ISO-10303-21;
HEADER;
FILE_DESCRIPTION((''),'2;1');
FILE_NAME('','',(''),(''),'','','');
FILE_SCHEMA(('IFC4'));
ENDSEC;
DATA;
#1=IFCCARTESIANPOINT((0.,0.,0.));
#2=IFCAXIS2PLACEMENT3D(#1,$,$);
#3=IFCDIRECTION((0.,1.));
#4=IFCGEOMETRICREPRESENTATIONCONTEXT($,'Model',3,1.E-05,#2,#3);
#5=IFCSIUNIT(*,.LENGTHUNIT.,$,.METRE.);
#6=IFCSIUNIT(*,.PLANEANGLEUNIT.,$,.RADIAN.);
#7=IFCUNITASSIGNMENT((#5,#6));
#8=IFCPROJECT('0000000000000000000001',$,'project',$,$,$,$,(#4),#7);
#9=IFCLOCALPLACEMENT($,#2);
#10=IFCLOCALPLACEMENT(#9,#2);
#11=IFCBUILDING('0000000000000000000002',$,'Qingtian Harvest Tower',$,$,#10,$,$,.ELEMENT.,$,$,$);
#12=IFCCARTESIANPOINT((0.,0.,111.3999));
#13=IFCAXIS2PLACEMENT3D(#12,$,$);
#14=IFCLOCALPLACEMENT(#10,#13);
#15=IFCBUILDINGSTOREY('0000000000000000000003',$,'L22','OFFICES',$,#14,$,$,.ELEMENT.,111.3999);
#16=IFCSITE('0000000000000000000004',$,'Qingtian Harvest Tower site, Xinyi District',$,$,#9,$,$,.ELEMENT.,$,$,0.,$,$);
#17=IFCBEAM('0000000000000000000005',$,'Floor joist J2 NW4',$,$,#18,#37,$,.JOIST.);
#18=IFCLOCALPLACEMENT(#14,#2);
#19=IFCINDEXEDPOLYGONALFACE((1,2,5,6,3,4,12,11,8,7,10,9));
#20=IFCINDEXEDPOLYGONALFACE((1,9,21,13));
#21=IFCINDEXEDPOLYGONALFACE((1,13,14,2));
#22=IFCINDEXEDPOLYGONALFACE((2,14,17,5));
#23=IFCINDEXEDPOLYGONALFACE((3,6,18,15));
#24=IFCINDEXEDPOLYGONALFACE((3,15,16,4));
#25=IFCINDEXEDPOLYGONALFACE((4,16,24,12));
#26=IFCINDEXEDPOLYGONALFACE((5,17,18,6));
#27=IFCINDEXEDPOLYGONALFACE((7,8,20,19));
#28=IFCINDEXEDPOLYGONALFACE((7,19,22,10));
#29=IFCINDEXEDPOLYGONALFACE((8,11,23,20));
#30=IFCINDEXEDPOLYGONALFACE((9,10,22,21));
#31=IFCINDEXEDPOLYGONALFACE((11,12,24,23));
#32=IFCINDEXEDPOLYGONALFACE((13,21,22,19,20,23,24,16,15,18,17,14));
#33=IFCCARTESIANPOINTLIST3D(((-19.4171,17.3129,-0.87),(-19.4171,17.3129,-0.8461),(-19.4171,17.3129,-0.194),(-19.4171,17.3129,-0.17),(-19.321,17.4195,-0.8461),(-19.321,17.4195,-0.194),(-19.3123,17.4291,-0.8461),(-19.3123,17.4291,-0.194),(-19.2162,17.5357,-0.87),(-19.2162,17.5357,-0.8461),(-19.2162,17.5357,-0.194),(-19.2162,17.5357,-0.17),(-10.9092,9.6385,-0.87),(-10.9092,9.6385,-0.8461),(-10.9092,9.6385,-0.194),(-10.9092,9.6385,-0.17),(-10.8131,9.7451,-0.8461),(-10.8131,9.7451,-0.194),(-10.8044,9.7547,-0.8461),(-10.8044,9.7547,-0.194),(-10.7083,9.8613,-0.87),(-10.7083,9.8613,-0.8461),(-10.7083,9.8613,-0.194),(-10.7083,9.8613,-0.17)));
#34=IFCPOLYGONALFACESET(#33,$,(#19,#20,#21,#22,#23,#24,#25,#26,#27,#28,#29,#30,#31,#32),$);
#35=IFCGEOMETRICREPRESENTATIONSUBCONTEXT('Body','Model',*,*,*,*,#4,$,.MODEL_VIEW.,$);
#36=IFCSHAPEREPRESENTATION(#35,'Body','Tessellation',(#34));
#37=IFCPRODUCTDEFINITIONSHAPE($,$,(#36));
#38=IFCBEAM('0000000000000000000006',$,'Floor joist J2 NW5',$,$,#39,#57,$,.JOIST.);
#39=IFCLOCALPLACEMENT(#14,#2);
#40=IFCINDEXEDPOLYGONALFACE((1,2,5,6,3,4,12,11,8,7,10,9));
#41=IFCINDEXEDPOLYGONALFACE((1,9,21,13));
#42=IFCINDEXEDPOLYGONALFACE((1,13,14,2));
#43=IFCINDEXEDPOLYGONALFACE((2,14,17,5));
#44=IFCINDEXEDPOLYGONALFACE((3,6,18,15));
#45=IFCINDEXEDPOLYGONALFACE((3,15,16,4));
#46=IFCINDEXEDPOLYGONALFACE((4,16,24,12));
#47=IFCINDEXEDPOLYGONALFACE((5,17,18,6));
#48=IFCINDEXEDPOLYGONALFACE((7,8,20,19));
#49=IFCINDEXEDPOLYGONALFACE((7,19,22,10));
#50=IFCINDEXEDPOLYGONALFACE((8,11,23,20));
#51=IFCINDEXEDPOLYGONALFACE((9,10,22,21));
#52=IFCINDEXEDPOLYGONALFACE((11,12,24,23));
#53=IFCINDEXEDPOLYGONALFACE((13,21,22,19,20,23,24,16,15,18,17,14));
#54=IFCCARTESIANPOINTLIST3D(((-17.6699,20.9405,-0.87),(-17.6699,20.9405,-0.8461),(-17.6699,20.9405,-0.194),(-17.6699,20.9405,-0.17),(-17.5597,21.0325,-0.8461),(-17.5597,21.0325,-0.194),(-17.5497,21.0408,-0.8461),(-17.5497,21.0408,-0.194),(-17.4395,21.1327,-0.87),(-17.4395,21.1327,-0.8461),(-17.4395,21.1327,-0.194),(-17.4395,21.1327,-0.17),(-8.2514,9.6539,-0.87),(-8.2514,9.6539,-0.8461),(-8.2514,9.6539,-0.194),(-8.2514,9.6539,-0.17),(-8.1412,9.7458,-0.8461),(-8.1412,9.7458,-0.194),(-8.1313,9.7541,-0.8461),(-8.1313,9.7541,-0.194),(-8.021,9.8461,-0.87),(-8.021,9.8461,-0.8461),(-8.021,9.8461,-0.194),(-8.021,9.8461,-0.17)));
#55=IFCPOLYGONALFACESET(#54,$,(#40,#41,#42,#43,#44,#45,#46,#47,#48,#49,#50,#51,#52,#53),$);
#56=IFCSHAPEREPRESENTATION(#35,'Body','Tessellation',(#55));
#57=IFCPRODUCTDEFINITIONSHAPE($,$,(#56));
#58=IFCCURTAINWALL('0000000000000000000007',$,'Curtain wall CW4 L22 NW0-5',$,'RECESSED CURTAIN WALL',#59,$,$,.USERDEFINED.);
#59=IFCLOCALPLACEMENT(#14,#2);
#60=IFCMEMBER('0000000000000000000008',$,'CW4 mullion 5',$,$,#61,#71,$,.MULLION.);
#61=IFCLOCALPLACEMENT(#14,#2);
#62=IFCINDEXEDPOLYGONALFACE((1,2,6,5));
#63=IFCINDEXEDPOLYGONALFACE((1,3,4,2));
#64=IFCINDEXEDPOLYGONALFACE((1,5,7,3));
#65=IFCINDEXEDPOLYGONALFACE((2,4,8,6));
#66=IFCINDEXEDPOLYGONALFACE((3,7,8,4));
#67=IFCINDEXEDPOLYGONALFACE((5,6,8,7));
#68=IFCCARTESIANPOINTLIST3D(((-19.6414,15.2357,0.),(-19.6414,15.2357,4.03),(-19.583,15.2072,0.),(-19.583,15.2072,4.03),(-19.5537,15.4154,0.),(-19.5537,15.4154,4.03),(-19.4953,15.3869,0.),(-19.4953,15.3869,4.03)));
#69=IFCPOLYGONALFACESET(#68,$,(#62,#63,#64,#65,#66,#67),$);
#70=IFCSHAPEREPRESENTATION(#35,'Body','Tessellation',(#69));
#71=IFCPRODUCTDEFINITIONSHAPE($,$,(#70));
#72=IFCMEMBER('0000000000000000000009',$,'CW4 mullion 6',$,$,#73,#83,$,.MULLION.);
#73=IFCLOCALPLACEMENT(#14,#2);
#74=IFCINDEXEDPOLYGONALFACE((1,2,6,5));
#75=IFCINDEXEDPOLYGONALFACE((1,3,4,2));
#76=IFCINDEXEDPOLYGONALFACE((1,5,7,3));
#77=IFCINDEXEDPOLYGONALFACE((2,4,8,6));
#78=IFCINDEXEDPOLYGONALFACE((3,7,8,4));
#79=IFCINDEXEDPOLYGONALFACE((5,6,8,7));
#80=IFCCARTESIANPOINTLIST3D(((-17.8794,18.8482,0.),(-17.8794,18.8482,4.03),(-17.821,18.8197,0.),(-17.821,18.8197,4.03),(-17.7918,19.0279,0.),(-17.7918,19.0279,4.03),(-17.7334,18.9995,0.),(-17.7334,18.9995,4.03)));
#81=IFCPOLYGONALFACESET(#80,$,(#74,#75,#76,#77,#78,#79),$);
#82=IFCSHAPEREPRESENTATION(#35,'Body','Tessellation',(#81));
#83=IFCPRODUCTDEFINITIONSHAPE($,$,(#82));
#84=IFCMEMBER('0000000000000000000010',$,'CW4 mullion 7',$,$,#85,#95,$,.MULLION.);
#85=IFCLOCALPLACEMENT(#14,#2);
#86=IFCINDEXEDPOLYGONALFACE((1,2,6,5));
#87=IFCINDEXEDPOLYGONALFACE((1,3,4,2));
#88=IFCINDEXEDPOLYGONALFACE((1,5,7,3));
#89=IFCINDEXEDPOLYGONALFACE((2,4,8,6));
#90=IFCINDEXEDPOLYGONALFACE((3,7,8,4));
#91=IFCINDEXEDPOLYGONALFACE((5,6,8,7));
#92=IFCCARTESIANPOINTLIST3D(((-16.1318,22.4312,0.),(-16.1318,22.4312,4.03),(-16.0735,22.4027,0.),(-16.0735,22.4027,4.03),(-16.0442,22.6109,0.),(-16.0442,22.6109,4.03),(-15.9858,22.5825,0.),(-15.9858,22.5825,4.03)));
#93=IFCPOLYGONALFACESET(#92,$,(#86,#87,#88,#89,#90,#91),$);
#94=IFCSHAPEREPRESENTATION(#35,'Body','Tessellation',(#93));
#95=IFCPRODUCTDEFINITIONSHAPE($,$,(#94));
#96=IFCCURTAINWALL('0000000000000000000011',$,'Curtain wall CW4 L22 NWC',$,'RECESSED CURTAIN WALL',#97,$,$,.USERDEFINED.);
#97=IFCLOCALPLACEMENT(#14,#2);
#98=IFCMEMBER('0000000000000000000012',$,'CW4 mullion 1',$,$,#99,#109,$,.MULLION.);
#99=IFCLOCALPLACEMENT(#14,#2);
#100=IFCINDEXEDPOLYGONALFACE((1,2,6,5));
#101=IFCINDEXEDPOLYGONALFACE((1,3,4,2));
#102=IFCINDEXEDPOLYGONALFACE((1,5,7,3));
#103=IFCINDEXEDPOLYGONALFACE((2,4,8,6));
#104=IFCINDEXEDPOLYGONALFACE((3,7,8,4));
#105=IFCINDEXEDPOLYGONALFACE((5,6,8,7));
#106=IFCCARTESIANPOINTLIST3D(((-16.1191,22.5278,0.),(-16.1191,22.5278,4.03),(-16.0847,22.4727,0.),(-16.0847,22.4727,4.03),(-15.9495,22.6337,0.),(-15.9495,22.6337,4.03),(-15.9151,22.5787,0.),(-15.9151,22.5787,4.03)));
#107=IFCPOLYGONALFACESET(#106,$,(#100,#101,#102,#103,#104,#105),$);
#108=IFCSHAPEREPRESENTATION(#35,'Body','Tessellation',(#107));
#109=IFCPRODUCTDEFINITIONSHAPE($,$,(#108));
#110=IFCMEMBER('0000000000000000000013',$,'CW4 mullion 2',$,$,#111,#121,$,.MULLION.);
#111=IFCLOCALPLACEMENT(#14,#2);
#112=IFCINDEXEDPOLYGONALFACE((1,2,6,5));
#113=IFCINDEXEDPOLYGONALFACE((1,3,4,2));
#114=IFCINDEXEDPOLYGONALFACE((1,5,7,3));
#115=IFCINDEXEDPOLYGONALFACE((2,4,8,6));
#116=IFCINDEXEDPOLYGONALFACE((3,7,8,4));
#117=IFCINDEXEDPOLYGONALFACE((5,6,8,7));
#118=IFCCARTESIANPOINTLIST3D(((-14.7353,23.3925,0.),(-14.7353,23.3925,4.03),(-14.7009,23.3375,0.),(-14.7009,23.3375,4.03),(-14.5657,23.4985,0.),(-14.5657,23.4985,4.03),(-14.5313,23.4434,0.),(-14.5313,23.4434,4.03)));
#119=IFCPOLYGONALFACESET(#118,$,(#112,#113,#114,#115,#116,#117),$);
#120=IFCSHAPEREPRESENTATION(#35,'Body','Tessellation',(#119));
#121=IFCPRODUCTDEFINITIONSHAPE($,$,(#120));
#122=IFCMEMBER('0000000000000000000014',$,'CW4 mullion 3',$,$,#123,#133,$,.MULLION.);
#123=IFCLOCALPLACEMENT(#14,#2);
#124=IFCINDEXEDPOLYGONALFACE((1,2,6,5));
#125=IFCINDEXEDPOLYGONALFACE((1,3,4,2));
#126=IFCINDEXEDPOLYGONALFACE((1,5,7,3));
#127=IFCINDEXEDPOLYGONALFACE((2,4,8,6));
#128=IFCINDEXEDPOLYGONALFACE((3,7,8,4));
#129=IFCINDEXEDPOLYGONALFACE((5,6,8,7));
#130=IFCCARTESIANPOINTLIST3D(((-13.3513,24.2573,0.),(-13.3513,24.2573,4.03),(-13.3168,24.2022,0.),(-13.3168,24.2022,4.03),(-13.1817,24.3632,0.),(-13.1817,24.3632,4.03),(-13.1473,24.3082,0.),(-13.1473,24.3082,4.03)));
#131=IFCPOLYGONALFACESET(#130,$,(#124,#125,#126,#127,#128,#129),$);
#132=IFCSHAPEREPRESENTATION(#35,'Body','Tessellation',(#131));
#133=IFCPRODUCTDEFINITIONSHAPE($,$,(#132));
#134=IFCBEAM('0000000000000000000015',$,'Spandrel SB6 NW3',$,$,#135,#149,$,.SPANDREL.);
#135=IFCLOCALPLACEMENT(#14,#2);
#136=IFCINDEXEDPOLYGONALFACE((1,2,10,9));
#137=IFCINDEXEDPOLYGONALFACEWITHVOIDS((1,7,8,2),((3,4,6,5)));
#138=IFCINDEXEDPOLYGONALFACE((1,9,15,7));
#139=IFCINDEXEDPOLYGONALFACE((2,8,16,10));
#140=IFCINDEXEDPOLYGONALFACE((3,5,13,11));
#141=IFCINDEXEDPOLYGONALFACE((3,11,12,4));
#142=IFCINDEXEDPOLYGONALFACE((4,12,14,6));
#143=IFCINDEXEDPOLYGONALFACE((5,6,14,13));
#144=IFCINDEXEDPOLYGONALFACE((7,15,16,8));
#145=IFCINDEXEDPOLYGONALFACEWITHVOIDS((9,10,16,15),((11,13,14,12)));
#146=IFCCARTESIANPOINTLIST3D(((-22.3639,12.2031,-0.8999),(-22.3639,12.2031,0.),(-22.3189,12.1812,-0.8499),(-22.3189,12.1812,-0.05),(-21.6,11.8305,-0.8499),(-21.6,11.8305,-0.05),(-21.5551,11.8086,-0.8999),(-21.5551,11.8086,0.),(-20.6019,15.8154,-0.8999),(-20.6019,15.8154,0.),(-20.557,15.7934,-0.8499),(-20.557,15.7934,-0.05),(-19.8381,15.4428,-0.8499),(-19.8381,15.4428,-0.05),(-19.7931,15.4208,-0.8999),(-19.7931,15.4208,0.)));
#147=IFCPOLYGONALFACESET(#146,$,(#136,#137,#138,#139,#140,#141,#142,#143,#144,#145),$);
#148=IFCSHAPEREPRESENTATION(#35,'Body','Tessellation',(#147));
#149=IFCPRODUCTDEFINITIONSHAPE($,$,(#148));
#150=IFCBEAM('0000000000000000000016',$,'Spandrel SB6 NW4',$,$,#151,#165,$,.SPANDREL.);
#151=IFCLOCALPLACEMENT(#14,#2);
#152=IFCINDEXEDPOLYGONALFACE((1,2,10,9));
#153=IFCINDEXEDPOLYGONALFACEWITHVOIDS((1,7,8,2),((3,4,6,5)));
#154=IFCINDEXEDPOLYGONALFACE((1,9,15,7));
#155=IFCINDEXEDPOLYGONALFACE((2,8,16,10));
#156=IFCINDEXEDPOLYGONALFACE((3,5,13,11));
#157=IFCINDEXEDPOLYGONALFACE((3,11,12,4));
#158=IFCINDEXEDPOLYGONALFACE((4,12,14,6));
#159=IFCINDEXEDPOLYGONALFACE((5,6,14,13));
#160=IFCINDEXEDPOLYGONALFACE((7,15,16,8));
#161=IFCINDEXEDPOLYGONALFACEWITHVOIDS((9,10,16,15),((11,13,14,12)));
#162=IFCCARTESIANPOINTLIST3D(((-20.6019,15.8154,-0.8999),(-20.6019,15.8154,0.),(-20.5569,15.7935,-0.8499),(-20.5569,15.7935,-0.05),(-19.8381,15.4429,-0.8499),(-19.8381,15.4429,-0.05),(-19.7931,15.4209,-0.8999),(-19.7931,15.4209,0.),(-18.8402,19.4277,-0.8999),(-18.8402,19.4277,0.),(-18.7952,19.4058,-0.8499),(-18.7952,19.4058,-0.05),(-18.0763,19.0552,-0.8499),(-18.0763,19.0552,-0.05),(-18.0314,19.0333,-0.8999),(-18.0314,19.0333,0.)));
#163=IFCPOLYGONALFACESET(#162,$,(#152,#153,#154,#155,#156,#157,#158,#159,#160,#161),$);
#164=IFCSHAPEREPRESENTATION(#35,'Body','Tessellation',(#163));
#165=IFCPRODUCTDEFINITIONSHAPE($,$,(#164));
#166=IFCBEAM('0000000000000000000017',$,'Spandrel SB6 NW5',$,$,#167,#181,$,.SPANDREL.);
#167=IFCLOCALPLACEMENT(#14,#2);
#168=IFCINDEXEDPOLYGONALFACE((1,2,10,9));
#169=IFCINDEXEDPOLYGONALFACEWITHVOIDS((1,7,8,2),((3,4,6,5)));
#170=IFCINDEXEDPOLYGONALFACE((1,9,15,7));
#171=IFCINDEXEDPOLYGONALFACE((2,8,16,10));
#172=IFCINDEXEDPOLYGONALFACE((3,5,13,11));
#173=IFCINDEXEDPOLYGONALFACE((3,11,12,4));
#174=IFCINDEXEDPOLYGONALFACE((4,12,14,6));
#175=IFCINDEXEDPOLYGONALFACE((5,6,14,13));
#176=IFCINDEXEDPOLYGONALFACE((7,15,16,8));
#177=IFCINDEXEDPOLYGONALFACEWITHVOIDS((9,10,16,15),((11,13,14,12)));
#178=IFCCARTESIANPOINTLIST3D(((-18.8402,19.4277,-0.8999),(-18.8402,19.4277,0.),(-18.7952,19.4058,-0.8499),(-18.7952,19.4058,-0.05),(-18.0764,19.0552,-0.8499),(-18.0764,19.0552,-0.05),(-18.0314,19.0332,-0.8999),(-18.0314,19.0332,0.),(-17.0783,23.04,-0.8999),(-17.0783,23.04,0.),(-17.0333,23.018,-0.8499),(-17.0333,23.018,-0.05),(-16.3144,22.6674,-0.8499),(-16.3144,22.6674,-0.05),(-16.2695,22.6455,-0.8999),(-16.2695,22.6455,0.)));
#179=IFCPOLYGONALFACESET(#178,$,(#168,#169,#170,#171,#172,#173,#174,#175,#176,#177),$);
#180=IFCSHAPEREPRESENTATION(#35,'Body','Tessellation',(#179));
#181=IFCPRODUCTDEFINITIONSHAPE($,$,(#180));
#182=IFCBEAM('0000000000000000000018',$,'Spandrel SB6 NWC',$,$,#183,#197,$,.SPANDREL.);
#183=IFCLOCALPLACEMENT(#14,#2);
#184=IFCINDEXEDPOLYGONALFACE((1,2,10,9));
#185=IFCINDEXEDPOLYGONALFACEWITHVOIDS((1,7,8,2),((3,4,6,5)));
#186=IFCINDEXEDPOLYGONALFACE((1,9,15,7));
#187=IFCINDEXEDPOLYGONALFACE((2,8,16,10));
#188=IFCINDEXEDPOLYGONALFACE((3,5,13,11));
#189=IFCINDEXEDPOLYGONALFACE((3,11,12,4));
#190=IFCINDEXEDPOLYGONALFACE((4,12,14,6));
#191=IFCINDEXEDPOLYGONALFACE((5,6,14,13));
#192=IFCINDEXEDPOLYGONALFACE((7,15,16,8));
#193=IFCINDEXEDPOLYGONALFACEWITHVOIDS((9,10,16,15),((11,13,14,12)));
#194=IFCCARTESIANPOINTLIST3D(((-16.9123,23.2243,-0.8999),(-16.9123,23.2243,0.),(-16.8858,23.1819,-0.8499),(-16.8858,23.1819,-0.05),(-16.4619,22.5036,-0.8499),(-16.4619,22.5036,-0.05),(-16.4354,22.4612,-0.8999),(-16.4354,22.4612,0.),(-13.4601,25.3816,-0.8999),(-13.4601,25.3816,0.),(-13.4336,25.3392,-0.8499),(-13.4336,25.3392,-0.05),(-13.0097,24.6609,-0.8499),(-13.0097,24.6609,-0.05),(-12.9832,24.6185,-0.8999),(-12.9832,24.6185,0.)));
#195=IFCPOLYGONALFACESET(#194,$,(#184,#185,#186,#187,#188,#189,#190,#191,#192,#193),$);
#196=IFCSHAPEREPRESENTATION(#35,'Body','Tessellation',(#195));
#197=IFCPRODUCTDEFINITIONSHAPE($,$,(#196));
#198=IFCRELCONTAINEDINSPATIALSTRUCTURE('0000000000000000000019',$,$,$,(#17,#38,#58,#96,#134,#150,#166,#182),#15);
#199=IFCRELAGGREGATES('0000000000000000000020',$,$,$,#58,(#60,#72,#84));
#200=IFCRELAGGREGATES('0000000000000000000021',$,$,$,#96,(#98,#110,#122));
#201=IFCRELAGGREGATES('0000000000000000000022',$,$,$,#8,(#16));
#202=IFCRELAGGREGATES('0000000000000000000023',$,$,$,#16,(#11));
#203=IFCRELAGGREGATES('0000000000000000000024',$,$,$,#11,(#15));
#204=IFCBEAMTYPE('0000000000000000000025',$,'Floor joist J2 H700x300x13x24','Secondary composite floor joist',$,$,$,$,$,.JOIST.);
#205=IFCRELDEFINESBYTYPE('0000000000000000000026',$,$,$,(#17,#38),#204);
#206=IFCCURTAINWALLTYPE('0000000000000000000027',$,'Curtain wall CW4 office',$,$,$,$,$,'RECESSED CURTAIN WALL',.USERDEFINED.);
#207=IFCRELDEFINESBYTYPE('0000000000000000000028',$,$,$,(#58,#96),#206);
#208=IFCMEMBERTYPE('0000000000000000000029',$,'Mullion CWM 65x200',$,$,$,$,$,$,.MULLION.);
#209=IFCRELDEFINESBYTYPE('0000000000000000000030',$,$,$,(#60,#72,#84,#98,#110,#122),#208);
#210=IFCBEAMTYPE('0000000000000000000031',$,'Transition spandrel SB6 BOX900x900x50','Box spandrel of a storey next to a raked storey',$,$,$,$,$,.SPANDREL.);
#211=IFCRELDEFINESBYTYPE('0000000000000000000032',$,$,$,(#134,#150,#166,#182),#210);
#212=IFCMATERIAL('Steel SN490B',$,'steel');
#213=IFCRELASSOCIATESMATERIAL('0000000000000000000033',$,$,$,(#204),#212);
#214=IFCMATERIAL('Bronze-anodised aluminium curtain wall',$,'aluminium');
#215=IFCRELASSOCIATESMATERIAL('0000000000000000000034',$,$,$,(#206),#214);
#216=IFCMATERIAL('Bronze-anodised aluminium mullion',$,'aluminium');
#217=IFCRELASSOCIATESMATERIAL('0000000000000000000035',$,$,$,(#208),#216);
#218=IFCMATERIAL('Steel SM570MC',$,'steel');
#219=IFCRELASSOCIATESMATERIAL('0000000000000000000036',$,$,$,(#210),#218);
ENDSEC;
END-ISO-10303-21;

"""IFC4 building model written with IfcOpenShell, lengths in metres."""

from ifc_helpers import new_model, si_unit, direction, frame, origin, origin_2d, place, context, subcontext, project, spatial, rectangle, hollow_rectangle, i_section, extrude, material, material_profile, profile_set, type_object, element, aggregate, save


model = new_model("IFC4")

# Units and contexts
model_context = context("Model", 3, precision=1e-05, world=origin(), true_north=direction((0.0, 1.0)))
body_context = subcontext(model_context, "Body", "Model", "MODEL_VIEW")
ifc_project = project(units=[si_unit("LENGTHUNIT", "METRE"), si_unit("PLANEANGLEUNIT", "RADIAN")], contexts=[model_context])

# Site, building, storey
site_placement = place(None, origin())
site = spatial("IfcSite", under=ifc_project, at=site_placement, Name="Qingtian Harvest Tower site, Xinyi District", CompositionType="ELEMENT", RefElevation=0.0)
building_placement = place(site_placement, origin())
building = spatial("IfcBuilding", under=site, at=building_placement, Name="Qingtian Harvest Tower", CompositionType="ELEMENT")
storey_placement = place(building_placement, frame((0.0, 0.0, 111.3999)))
storey = spatial("IfcBuildingStorey", under=building, at=storey_placement, Name="L22", Description="OFFICES", CompositionType="ELEMENT", Elevation=111.3999)

# Beams
ifc_material_1 = material(Name="Steel SN490B", Category="steel")
ifc_material_profile_1 = material_profile(ifc_material_1, i_section(OverallWidth=0.3, OverallDepth=0.7, WebThickness=0.0129, FlangeThickness=0.0239, at=origin_2d()), Name="H700x300x13x24")
ifc_profile_set_1 = profile_set([ifc_material_profile_1], Name="Steel SN490B")
beam_type_1 = type_object("IfcBeamType", Name="Floor joist J2 H700x300x13x24", Description="Secondary composite floor joist", PredefinedType="JOIST", material=ifc_profile_set_1)
beam_1_placement = place(storey_placement, frame((-19.3167, 17.4243, -0.52), z_axis=(0.742544, -0.669798, 0.0), x_axis=(0.669798, 0.742544, 0.0)))
element("IfcBeam", 1, at=beam_1_placement, inside=storey, type_object=beam_type_1, Name="Floor joist J2 NW4", PredefinedType="JOIST", context=body_context, shape_type="SweptSolid", body=[
    extrude(i_section(OverallWidth=0.3, OverallDepth=0.7, WebThickness=0.0129, FlangeThickness=0.0239, at=origin_2d()), origin(), (0.0, 0.0, 1.0), 11.4578),
])
beam_2_placement = place(storey_placement, frame((-17.5547, 21.0366, -0.52), z_axis=(0.640704, -0.767788, 0.0), x_axis=(0.767788, 0.640704, 0.0)))
element("IfcBeam", 2, at=beam_2_placement, inside=storey, type_object=beam_type_1, Name="Floor joist J2 NW5", PredefinedType="JOIST", context=body_context, shape_type="SweptSolid", body=[
    extrude(i_section(OverallWidth=0.3, OverallDepth=0.7, WebThickness=0.0129, FlangeThickness=0.0239, at=origin_2d()), origin(), (0.0, 0.0, 1.0), 14.7002),
])

# Curtain walls, members
ifc_material_2 = material(Name="Bronze-anodised aluminium curtain wall", Category="aluminium")
curtain_wall_type = type_object("IfcCurtainWallType", Name="Curtain wall CW4 office", ElementType="RECESSED CURTAIN WALL", PredefinedType="USERDEFINED", material=ifc_material_2)
curtain_wall_1_placement = place(storey_placement, origin())
curtain_wall_1 = element("IfcCurtainWall", 3, at=curtain_wall_1_placement, inside=storey, type_object=curtain_wall_type, Name="Curtain wall CW4 L22 NW0-5", ObjectType="RECESSED CURTAIN WALL", PredefinedType="USERDEFINED")
ifc_material_3 = material(Name="Bronze-anodised aluminium mullion", Category="aluminium")
ifc_material_profile_2 = material_profile(ifc_material_3, rectangle(XDim=0.0649, YDim=0.2, at=origin_2d()), Name="AL 65x200")
ifc_profile_set_2 = profile_set([ifc_material_profile_2], Name="Bronze-anodised aluminium mullion")
member_type_1 = type_object("IfcMemberType", Name="Mullion CWM 65x200", PredefinedType="MULLION", material=ifc_profile_set_2)
member_1_placement = place(storey_placement, frame((-19.5684, 15.3113, 0.0), z_axis=(0.0, 0.0, 1.0), x_axis=(-0.898794, 0.438371, 0.0)))
member_1 = element("IfcMember", 4, at=member_1_placement, type_object=member_type_1, Name="CW4 mullion 5", PredefinedType="MULLION", context=body_context, shape_type="SweptSolid", body=[
    extrude(rectangle(XDim=0.0649, YDim=0.2, at=origin_2d()), origin(), (0.0, 0.0, 1.0), 4.03),
])
member_2_placement = place(storey_placement, frame((-17.8064, 18.9238, 0.0), z_axis=(0.0, 0.0, 1.0), x_axis=(-0.898794, 0.438371, 0.0)))
member_2 = element("IfcMember", 5, at=member_2_placement, type_object=member_type_1, Name="CW4 mullion 6", PredefinedType="MULLION", context=body_context, shape_type="SweptSolid", body=[
    extrude(rectangle(XDim=0.0649, YDim=0.2, at=origin_2d()), origin(), (0.0, 0.0, 1.0), 4.03),
])
member_3_placement = place(storey_placement, frame((-16.0588, 22.5068, 0.0), z_axis=(0.0, 0.0, 1.0), x_axis=(-0.898794, 0.438371, 0.0)))
member_3 = element("IfcMember", 6, at=member_3_placement, type_object=member_type_1, Name="CW4 mullion 7", PredefinedType="MULLION", context=body_context, shape_type="SweptSolid", body=[
    extrude(rectangle(XDim=0.0649, YDim=0.2, at=origin_2d()), origin(), (0.0, 0.0, 1.0), 4.03),
])
curtain_wall_2_placement = place(storey_placement, origin())
curtain_wall_2 = element("IfcCurtainWall", 7, at=curtain_wall_2_placement, inside=storey, type_object=curtain_wall_type, Name="Curtain wall CW4 L22 NWC", ObjectType="RECESSED CURTAIN WALL", PredefinedType="USERDEFINED")
member_4_placement = place(storey_placement, frame((-16.0171, 22.5532, 0.0), z_axis=(0.0, 0.0, 1.0), x_axis=(-0.529919, 0.848048, 0.0)))
member_4 = element("IfcMember", 8, at=member_4_placement, type_object=member_type_1, Name="CW4 mullion 1", PredefinedType="MULLION", context=body_context, shape_type="SweptSolid", body=[
    extrude(rectangle(XDim=0.0649, YDim=0.2, at=origin_2d()), origin(), (0.0, 0.0, 1.0), 4.03),
])
member_5_placement = place(storey_placement, frame((-14.6333, 23.418, 0.0), z_axis=(0.0, 0.0, 1.0), x_axis=(-0.529919, 0.848048, 0.0)))
member_5 = element("IfcMember", 9, at=member_5_placement, type_object=member_type_1, Name="CW4 mullion 2", PredefinedType="MULLION", context=body_context, shape_type="SweptSolid", body=[
    extrude(rectangle(XDim=0.0649, YDim=0.2, at=origin_2d()), origin(), (0.0, 0.0, 1.0), 4.03),
])
member_6_placement = place(storey_placement, frame((-13.2493, 24.2827, 0.0), z_axis=(0.0, 0.0, 1.0), x_axis=(-0.529919, 0.848048, 0.0)))
member_6 = element("IfcMember", 10, at=member_6_placement, type_object=member_type_1, Name="CW4 mullion 3", PredefinedType="MULLION", context=body_context, shape_type="SweptSolid", body=[
    extrude(rectangle(XDim=0.0649, YDim=0.2, at=origin_2d()), origin(), (0.0, 0.0, 1.0), 4.03),
])

# Beams
ifc_material_4 = material(Name="Steel SM570MC", Category="steel")
ifc_material_profile_3 = material_profile(ifc_material_4, hollow_rectangle(XDim=0.8999, YDim=0.8999, WallThickness=0.05, at=origin_2d()), Name="BOX900x900x50")
ifc_profile_set_3 = profile_set([ifc_material_profile_3], Name="Steel SM570MC")
beam_type_2 = type_object("IfcBeamType", Name="Transition spandrel SB6 BOX900x900x50", Description="Box spandrel of a storey next to a raked storey", PredefinedType="SPANDREL", material=ifc_profile_set_3)
for number, where, z_axis, x_axis, name in (
    (11, (-21.9595, 12.0059, -0.45), (0.438396, 0.898782, 0.0), (-0.898782, 0.438396, 0.0), "Spandrel SB6 NW3"),
    (12, (-20.1975, 15.6182, -0.45), (0.438347, 0.898806, 0.0), (-0.898806, 0.438347, 0.0), "Spandrel SB6 NW4"),
    (13, (-18.4358, 19.2305, -0.45), (0.438396, 0.898782, 0.0), (-0.898782, 0.438396, 0.0), "Spandrel SB6 NW5"),
):
    element("IfcBeam", number, at=place(storey_placement, frame(where, z_axis=z_axis, x_axis=x_axis)), inside=storey, type_object=beam_type_2, Name=name, PredefinedType="SPANDREL", context=body_context, shape_type="SweptSolid", body=[
        extrude(hollow_rectangle(XDim=0.8999, YDim=0.8999, WallThickness=0.05, at=origin_2d()), origin(), (0.0, 0.0, 1.0), 4.019),
    ])
beam_3_placement = place(storey_placement, frame((-16.6738, 22.8428, -0.45), z_axis=(0.848039, 0.529934, 0.0), x_axis=(-0.529934, 0.848039, 0.0)))
element("IfcBeam", 14, at=beam_3_placement, inside=storey, type_object=beam_type_2, Name="Spandrel SB6 NWC", PredefinedType="SPANDREL", context=body_context, shape_type="SweptSolid", body=[
    extrude(hollow_rectangle(XDim=0.8999, YDim=0.8999, WallThickness=0.05, at=origin_2d()), origin(), (0.0, 0.0, 1.0), 4.0708),
])

aggregate(curtain_wall_1, [member_1, member_2, member_3])
aggregate(curtain_wall_2, [member_4, member_5, member_6])

save(model, "model.ifc")
